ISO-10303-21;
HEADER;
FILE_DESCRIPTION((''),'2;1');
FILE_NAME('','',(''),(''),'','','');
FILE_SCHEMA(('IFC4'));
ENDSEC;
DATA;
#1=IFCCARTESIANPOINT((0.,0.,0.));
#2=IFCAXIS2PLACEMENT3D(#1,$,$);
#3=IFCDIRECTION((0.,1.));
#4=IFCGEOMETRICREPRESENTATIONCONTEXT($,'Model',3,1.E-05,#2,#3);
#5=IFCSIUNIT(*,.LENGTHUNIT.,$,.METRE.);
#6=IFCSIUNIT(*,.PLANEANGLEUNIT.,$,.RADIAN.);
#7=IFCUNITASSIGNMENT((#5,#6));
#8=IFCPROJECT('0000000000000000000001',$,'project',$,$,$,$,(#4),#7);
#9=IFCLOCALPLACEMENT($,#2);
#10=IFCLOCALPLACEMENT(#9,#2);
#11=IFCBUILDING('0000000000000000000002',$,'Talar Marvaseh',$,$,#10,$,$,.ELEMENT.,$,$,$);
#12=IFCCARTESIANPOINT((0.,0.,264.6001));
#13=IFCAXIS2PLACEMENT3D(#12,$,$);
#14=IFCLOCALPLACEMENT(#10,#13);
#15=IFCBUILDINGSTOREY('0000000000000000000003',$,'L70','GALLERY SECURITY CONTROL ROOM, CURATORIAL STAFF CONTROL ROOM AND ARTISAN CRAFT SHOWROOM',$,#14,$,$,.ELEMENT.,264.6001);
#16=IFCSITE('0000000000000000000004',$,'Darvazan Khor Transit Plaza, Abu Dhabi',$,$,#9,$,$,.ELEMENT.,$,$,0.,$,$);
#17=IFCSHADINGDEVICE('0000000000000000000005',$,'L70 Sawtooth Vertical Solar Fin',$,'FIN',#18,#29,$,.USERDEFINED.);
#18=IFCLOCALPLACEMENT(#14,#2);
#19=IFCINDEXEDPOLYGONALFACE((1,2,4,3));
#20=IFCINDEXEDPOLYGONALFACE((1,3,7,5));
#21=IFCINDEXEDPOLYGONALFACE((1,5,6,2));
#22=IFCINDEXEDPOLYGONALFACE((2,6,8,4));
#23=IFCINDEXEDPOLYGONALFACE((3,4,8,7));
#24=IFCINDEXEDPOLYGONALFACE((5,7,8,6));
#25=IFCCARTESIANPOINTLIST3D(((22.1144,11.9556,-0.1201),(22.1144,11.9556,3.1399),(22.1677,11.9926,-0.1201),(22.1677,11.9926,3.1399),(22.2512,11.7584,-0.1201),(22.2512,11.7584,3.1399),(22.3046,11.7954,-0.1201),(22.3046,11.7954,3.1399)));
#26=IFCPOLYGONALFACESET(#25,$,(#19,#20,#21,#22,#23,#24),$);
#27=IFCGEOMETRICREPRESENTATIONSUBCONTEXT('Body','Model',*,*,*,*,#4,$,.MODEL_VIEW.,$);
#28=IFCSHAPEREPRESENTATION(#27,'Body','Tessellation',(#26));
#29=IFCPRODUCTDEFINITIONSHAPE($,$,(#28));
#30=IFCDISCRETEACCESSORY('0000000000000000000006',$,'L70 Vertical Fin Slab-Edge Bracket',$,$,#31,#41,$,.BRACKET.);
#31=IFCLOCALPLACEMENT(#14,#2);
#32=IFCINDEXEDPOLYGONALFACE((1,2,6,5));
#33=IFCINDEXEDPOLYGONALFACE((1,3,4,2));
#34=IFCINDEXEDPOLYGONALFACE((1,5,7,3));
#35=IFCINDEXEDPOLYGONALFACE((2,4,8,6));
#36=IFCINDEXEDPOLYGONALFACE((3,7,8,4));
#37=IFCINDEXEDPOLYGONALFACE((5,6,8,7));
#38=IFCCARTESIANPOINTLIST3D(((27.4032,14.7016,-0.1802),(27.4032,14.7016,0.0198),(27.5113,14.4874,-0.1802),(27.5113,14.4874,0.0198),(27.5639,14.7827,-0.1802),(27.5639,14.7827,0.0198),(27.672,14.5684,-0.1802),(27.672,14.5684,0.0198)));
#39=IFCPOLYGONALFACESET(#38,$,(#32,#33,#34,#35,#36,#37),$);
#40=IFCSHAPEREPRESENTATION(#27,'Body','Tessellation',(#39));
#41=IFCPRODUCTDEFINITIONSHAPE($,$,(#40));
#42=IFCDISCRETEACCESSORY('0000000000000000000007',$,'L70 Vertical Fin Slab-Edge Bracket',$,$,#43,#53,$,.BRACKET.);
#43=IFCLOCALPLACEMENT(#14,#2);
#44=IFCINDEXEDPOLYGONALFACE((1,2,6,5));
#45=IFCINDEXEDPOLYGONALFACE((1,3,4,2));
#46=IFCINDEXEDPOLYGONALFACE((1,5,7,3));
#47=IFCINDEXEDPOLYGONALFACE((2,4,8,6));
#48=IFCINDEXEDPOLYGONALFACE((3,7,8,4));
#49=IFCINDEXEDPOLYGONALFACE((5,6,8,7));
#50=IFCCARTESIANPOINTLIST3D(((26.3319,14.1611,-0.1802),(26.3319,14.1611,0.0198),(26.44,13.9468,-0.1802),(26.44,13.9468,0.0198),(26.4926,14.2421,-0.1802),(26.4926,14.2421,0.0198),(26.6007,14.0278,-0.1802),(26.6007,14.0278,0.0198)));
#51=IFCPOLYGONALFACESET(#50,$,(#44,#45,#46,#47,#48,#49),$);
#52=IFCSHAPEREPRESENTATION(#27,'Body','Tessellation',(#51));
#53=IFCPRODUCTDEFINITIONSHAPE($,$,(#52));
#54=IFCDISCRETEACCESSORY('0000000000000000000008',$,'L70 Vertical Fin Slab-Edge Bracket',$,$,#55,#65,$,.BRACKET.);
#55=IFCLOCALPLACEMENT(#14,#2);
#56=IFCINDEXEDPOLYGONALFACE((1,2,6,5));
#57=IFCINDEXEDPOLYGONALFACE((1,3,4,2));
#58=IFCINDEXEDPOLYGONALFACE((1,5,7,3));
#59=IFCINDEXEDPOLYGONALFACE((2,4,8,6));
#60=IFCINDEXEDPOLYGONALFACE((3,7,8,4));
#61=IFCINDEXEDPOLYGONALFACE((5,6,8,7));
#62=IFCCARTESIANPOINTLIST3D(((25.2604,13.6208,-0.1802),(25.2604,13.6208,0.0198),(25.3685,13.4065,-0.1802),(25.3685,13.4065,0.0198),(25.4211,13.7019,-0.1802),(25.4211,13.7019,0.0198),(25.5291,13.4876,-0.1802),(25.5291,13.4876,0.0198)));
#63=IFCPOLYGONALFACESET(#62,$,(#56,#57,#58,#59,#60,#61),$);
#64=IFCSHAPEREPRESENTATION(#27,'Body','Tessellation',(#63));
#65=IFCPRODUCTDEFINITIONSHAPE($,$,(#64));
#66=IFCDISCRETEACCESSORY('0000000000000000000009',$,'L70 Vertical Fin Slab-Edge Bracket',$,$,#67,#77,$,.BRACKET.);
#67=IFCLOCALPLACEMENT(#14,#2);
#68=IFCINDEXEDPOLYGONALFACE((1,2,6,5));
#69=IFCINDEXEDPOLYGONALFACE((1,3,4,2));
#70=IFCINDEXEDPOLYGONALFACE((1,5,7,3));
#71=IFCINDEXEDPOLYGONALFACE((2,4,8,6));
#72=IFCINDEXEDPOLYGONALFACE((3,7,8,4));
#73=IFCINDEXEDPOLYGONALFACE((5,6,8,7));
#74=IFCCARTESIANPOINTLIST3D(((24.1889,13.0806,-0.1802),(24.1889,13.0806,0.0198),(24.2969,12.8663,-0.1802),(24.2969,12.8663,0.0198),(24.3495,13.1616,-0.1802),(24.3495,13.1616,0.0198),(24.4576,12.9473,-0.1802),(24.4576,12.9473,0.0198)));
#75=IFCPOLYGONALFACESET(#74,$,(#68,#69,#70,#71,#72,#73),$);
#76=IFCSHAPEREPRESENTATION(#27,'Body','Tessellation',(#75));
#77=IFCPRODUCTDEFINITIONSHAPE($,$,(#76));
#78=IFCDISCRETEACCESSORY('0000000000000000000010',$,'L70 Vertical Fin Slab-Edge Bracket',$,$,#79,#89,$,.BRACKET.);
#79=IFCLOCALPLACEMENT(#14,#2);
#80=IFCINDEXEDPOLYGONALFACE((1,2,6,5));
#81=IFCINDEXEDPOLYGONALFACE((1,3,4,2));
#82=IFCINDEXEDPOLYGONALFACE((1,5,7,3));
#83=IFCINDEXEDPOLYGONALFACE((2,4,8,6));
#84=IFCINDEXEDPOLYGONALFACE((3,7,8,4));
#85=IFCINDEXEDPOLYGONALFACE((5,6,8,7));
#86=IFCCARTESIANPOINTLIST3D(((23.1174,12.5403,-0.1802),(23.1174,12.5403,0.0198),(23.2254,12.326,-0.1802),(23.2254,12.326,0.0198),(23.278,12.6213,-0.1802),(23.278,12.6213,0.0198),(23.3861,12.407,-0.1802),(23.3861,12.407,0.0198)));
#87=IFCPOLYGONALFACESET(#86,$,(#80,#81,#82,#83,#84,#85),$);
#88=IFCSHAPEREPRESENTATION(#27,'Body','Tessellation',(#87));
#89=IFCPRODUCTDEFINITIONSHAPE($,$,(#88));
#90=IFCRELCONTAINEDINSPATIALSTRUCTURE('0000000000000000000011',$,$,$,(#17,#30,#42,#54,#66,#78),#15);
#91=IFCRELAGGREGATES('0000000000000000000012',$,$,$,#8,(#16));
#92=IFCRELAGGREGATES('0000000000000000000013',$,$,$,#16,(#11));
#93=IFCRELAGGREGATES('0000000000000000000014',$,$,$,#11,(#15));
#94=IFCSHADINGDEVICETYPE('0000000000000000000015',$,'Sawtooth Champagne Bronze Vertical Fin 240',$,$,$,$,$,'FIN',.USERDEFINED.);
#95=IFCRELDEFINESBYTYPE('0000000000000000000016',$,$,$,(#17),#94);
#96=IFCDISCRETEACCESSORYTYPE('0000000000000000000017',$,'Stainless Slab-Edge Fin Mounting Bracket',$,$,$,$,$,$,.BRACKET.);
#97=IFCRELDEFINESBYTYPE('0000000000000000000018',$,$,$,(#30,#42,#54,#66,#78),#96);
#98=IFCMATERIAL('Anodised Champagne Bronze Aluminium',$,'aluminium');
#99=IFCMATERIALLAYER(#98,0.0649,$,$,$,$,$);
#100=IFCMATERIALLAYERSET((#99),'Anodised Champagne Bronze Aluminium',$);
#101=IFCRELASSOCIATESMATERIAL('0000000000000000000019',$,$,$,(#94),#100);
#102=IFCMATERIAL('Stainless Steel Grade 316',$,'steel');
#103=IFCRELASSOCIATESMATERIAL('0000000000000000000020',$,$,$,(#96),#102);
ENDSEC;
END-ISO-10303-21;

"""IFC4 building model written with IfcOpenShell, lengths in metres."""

from ifc_helpers import new_model, si_unit, direction, frame, origin, origin_2d, place, context, subcontext, project, spatial, rectangle, extrude, source, transform, mapped, material, layer, layer_set, type_object, type_shapes, element, save


model = new_model("IFC4")

# Units and contexts
model_context = context("Model", 3, precision=1e-05, world=origin(), true_north=direction((0.0, 1.0)))
body_context = subcontext(model_context, "Body", "Model", "MODEL_VIEW")
ifc_project = project(units=[si_unit("LENGTHUNIT", "METRE"), si_unit("PLANEANGLEUNIT", "RADIAN")], contexts=[model_context])

# Site, building, storey
site_placement = place(None, origin())
site = spatial("IfcSite", under=ifc_project, at=site_placement, Name="Darvazan Khor Transit Plaza, Abu Dhabi", CompositionType="ELEMENT", RefElevation=0.0)
building_placement = place(site_placement, origin())
building = spatial("IfcBuilding", under=site, at=building_placement, Name="Talar Marvaseh", CompositionType="ELEMENT")
storey_placement = place(building_placement, frame((0.0, 0.0, 264.6001)))
storey = spatial("IfcBuildingStorey", under=building, at=storey_placement, Name="L70", Description="GALLERY SECURITY CONTROL ROOM, CURATORIAL STAFF CONTROL ROOM AND ARTISAN CRAFT SHOWROOM", CompositionType="ELEMENT", Elevation=264.6001)

# Shading device
ifc_material_1 = material(Name="Anodised Champagne Bronze Aluminium", Category="aluminium")
ifc_layer_1 = layer(ifc_material_1, 0.0649)
ifc_layer_set_1 = layer_set([ifc_layer_1], Name="Anodised Champagne Bronze Aluminium")
shading_device_type = type_object("IfcShadingDeviceType", Name="Sawtooth Champagne Bronze Vertical Fin 240", ElementType="FIN", PredefinedType="USERDEFINED", material=ifc_layer_set_1)
shared_shape_1 = source(origin(), body_context, "Body", "SweptSolid", [
    extrude(rectangle(XDim=0.24, YDim=0.0649, at=origin_2d()), origin(), (0.0, 0.0, 1.0), 3.26),
])
type_shapes(shading_device_type, [shared_shape_1])
for number, where, z_axis, x_axis, name in (
    (1, (22.2095, 11.8755, -0.1201), (0.0, 0.0, 1.0), (0.57014, -0.821547, 0.0), "L70 Sawtooth Vertical Solar Fin"),
):
    element("IfcShadingDevice", number, at=place(storey_placement, frame(where, z_axis=z_axis, x_axis=x_axis)), inside=storey, type_object=shading_device_type, Name=name, ObjectType="FIN", PredefinedType="USERDEFINED", context=body_context, shape_type="MappedRepresentation", body=[
        mapped(shared_shape_1, transform((0.0, 0.0, 0.0), x_axis=(1.0, 0.0, 0.0), y_axis=(0.0, 1.0, 0.0), z_axis=(0.0, 0.0, 1.0), scale=1.0)),
    ])

# Discrete accessories
ifc_material_2 = material(Name="Stainless Steel Grade 316", Category="steel")
discrete_accessory_type = type_object("IfcDiscreteAccessoryType", Name="Stainless Slab-Edge Fin Mounting Bracket", PredefinedType="BRACKET", material=ifc_material_2)
shared_shape_2 = source(origin(), body_context, "Body", "SweptSolid", [
    extrude(rectangle(XDim=0.24, YDim=0.1799, at=origin_2d()), origin(), (0.0, 0.0, 1.0), 0.2),
])
type_shapes(discrete_accessory_type, [shared_shape_2])
for number, where, z_axis, x_axis, name in (
    (2, (27.5376, 14.635, -0.1802), (0.0, 0.0, 1.0), (0.450254, -0.8929, 0.0), "L70 Vertical Fin Slab-Edge Bracket"),
    (3, (26.4663, 14.0945, -0.1802), (0.0, 0.0, 1.0), (0.450254, -0.8929, 0.0), "L70 Vertical Fin Slab-Edge Bracket"),
    (4, (25.3948, 13.5542, -0.1802), (0.0, 0.0, 1.0), (0.450254, -0.8929, 0.0), "L70 Vertical Fin Slab-Edge Bracket"),
    (5, (24.3232, 13.0139, -0.1802), (0.0, 0.0, 1.0), (0.450254, -0.8929, 0.0), "L70 Vertical Fin Slab-Edge Bracket"),
    (6, (23.2517, 12.4736, -0.1802), (0.0, 0.0, 1.0), (0.450254, -0.8929, 0.0), "L70 Vertical Fin Slab-Edge Bracket"),
):
    element("IfcDiscreteAccessory", number, at=place(storey_placement, frame(where, z_axis=z_axis, x_axis=x_axis)), inside=storey, type_object=discrete_accessory_type, Name=name, PredefinedType="BRACKET", context=body_context, shape_type="MappedRepresentation", body=[
        mapped(shared_shape_2, transform((0.0, 0.0, 0.0), x_axis=(1.0, 0.0, 0.0), y_axis=(0.0, 1.0, 0.0), z_axis=(0.0, 0.0, 1.0), scale=1.0)),
    ])

save(model, "model.ifc")
